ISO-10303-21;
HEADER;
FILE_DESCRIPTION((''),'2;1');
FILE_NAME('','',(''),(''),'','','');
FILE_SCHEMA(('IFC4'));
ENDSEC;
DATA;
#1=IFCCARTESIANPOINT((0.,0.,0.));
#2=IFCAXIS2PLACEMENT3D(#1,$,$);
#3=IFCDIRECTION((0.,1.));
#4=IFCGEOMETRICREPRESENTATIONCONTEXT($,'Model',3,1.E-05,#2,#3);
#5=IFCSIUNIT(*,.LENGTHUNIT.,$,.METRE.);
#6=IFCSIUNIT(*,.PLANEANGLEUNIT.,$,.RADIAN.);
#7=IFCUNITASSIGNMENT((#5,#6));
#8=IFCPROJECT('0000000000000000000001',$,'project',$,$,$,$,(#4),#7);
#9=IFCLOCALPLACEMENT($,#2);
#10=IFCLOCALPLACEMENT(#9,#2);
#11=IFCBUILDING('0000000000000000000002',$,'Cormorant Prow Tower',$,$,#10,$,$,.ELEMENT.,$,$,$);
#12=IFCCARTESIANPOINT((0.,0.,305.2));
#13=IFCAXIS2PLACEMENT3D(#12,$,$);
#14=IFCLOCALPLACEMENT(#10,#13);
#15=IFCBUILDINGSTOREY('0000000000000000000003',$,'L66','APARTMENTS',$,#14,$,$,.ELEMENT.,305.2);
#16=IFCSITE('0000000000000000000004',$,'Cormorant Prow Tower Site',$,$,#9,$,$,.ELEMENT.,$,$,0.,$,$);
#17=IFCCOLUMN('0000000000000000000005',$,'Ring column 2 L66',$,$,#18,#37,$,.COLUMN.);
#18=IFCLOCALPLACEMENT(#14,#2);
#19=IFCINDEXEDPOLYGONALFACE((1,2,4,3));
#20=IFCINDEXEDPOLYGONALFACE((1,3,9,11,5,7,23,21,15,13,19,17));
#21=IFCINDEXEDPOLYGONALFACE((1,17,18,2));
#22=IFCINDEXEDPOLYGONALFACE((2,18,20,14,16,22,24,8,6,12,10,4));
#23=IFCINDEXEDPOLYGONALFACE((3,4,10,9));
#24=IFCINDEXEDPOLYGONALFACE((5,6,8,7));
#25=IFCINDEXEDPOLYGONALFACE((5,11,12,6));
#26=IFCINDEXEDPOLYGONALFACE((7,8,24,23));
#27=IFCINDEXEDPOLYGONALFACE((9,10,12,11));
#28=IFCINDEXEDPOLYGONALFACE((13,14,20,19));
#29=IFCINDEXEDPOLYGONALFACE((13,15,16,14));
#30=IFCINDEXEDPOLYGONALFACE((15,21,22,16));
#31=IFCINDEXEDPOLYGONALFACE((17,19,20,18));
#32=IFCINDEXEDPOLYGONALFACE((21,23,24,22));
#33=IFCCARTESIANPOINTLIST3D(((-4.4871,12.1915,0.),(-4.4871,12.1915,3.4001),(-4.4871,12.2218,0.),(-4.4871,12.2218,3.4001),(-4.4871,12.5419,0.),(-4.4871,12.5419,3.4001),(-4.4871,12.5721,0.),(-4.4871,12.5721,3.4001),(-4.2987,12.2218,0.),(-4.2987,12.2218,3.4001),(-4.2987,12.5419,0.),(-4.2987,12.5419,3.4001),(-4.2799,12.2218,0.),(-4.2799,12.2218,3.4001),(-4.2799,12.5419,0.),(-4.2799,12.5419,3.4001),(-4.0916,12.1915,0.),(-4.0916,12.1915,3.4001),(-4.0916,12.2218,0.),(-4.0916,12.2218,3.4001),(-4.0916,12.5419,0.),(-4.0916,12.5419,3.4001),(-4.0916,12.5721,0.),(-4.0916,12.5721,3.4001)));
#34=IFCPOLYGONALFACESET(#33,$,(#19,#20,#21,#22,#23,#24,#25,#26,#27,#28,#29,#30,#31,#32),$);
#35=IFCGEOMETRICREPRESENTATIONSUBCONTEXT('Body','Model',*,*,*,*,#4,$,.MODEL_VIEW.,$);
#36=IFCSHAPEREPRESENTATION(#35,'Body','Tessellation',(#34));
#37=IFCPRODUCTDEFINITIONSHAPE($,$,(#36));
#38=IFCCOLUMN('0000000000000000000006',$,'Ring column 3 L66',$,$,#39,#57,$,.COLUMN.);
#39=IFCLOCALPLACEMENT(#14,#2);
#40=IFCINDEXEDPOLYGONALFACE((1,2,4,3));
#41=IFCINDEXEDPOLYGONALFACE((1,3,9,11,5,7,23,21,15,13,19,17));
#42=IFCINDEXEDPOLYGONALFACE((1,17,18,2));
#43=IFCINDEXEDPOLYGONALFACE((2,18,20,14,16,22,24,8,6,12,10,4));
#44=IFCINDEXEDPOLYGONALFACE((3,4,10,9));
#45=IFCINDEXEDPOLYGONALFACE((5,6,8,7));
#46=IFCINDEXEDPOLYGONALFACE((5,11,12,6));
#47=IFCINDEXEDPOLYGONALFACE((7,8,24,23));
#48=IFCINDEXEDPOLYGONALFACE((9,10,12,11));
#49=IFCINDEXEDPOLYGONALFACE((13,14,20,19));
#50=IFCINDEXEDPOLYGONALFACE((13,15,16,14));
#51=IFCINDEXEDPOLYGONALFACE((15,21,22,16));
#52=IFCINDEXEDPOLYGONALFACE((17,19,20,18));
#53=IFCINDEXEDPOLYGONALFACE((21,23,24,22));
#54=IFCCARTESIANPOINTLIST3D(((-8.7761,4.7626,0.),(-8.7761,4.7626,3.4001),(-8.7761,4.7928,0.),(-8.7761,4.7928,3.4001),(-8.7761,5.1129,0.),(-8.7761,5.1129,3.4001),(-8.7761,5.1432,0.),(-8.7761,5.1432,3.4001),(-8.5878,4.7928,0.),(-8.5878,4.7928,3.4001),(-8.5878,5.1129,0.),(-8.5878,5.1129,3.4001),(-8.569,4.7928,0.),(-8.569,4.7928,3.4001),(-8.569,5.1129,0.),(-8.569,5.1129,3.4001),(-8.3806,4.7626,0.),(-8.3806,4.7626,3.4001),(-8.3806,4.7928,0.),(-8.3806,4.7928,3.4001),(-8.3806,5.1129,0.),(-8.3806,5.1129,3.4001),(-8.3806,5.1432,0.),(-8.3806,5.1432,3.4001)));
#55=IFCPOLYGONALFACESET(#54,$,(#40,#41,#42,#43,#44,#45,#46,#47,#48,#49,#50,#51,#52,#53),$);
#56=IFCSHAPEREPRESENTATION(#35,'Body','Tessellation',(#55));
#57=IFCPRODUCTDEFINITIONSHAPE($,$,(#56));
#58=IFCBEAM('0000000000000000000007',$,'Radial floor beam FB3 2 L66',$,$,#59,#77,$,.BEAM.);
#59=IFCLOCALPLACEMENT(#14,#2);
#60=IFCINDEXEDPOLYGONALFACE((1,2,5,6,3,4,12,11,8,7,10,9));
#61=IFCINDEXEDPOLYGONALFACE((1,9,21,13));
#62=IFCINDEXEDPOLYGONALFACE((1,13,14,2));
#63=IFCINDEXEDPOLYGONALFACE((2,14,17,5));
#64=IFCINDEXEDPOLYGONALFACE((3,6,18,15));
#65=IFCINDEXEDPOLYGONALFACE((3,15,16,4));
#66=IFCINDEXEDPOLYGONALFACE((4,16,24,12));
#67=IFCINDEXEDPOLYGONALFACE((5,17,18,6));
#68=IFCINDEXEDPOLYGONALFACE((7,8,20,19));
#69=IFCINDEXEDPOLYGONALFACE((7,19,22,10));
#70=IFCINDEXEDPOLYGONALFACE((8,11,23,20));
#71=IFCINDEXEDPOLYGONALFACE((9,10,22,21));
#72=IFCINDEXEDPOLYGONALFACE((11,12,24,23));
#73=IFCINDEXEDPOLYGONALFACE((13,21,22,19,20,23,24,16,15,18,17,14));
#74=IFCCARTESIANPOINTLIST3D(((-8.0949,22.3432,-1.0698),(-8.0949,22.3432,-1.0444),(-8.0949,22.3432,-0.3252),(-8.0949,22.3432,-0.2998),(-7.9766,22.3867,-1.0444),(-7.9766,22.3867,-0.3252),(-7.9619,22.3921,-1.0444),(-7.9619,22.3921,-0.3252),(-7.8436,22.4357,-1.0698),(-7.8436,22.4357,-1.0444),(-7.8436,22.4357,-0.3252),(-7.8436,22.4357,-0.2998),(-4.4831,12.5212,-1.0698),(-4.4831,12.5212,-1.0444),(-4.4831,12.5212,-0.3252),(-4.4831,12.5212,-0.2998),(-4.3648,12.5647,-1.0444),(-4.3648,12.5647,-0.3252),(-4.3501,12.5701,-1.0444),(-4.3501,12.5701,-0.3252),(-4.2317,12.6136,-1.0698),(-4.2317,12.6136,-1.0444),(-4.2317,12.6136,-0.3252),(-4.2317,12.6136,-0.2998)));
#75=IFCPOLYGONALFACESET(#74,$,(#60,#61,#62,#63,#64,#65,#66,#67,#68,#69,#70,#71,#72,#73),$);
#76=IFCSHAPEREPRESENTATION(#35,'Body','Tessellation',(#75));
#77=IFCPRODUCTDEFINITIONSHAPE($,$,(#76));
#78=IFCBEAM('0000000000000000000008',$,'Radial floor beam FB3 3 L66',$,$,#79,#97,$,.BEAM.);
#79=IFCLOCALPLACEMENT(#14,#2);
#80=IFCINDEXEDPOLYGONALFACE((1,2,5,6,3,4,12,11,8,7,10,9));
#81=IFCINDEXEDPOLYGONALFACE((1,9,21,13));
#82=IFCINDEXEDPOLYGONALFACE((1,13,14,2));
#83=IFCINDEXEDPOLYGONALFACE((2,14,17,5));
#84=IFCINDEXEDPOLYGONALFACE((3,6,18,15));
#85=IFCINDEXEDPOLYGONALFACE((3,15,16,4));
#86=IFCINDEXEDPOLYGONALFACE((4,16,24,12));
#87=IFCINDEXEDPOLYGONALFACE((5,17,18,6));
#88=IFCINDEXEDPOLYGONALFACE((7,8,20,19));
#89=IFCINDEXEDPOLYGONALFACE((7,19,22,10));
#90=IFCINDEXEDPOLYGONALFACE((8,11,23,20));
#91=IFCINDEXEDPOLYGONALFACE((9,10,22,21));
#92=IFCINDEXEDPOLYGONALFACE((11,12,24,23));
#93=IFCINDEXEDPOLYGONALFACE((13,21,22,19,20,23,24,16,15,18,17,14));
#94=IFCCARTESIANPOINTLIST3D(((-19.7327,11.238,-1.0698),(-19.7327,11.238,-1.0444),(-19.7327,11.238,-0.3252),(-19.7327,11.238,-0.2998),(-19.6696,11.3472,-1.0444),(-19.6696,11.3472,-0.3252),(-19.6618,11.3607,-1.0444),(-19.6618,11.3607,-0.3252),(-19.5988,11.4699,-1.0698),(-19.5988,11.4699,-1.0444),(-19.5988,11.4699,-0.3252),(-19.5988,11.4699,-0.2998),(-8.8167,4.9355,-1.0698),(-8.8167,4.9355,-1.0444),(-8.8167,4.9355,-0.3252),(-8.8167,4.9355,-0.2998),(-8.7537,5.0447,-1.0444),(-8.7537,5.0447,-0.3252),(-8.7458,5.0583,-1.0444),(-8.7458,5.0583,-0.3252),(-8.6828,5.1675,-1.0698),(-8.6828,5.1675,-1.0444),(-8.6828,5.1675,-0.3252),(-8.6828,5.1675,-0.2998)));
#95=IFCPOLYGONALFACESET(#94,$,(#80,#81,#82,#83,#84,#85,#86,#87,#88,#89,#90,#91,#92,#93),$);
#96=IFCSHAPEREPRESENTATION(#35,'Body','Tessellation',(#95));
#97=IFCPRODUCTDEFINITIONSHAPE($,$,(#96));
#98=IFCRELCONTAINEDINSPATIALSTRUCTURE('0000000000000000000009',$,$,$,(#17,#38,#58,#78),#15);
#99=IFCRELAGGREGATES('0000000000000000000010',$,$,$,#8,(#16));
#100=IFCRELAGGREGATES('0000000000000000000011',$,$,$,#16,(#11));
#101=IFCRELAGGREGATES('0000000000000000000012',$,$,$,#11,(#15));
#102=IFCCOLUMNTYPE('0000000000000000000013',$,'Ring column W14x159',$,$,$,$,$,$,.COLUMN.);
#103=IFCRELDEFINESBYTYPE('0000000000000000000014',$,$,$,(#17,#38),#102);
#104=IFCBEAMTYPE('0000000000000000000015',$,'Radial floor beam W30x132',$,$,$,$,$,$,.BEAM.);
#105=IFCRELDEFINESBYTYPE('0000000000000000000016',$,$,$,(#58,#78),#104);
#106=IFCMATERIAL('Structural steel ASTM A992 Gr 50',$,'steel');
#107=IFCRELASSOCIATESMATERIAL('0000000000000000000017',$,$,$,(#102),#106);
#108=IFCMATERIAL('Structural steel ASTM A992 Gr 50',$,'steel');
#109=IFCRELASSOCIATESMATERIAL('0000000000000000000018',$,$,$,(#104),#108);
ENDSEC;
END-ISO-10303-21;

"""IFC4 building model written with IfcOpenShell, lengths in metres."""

from ifc_helpers import new_model, si_unit, direction, frame, origin, origin_2d, place, context, subcontext, project, spatial, i_section, extrude, material, material_profile, profile_set, type_object, element, save


model = new_model("IFC4")

# Units and contexts
model_context = context("Model", 3, precision=1e-05, world=origin(), true_north=direction((0.0, 1.0)))
body_context = subcontext(model_context, "Body", "Model", "MODEL_VIEW")
ifc_project = project(units=[si_unit("LENGTHUNIT", "METRE"), si_unit("PLANEANGLEUNIT", "RADIAN")], contexts=[model_context])

# Site, building, storey
site_placement = place(None, origin())
site = spatial("IfcSite", under=ifc_project, at=site_placement, Name="Cormorant Prow Tower Site", CompositionType="ELEMENT", RefElevation=0.0)
building_placement = place(site_placement, origin())
building = spatial("IfcBuilding", under=site, at=building_placement, Name="Cormorant Prow Tower", CompositionType="ELEMENT")
storey_placement = place(building_placement, frame((0.0, 0.0, 305.2)))
storey = spatial("IfcBuildingStorey", under=building, at=storey_placement, Name="L66", Description="APARTMENTS", CompositionType="ELEMENT", Elevation=305.2)

# Columns
ifc_material_1 = material(Name="Structural steel ASTM A992 Gr 50", Category="steel")
ifc_material_profile_1 = material_profile(ifc_material_1, i_section(OverallWidth=0.3955, OverallDepth=0.3806, WebThickness=0.0188, FlangeThickness=0.0303, at=origin_2d()), Name="W14x159")
ifc_profile_set_1 = profile_set([ifc_material_profile_1], Name="Structural steel ASTM A992 Gr 50")
column_type = type_object("IfcColumnType", Name="Ring column W14x159", PredefinedType="COLUMN", material=ifc_profile_set_1)
for number, where, z_axis, x_axis, name in (
    (1, (-4.2893, 12.3818, 0.0), (0.0, 0.0, 1.0), (1.0, 0.0, 0.0), "Ring column 2 L66"),
    (2, (-8.5784, 4.9529, 0.0), (0.0, 0.0, 1.0), (1.0, 0.0, 0.0), "Ring column 3 L66"),
):
    element("IfcColumn", number, at=place(storey_placement, frame(where, z_axis=z_axis, x_axis=x_axis)), inside=storey, type_object=column_type, Name=name, PredefinedType="COLUMN", context=body_context, shape_type="SweptSolid", body=[
        extrude(i_section(OverallWidth=0.3955, OverallDepth=0.3806, WebThickness=0.0188, FlangeThickness=0.0303, at=origin_2d()), origin(), (0.0, 0.0, 1.0), 3.4001),
    ])

# Beams
ifc_material_2 = material(Name="Structural steel ASTM A992 Gr 50", Category="steel")
ifc_material_profile_2 = material_profile(ifc_material_2, i_section(OverallWidth=0.2678, OverallDepth=0.77, WebThickness=0.0156, FlangeThickness=0.0254, at=origin_2d()), Name="W30x132")
ifc_profile_set_2 = profile_set([ifc_material_profile_2], Name="Structural steel ASTM A992 Gr 50")
beam_type = type_object("IfcBeamType", Name="Radial floor beam W30x132", PredefinedType="BEAM", material=ifc_profile_set_2)
beam_1_placement = place(storey_placement, frame((-4.3574, 12.5674, -0.6848), z_axis=(-0.345131, 0.938554, 0.0), x_axis=(-0.938554, -0.345131, 0.0)))
element("IfcBeam", 3, at=beam_1_placement, inside=storey, type_object=beam_type, Name="Radial floor beam FB3 2 L66", PredefinedType="BEAM", context=body_context, shape_type="SweptSolid", body=[
    extrude(i_section(OverallWidth=0.2678, OverallDepth=0.77, WebThickness=0.0156, FlangeThickness=0.0254, at=origin_2d()), origin(), (0.0, 0.0, 1.0), 10.4651),
])
beam_2_placement = place(storey_placement, frame((-8.7498, 5.0515, -0.6848), z_axis=(-0.866021, 0.500007, 0.0), x_axis=(-0.500007, -0.866021, 0.0)))
element("IfcBeam", 4, at=beam_2_placement, inside=storey, type_object=beam_type, Name="Radial floor beam FB3 3 L66", PredefinedType="BEAM", context=body_context, shape_type="SweptSolid", body=[
    extrude(i_section(OverallWidth=0.2678, OverallDepth=0.77, WebThickness=0.0156, FlangeThickness=0.0254, at=origin_2d()), origin(), (0.0, 0.0, 1.0), 12.6047),
])

save(model, "model.ifc")
